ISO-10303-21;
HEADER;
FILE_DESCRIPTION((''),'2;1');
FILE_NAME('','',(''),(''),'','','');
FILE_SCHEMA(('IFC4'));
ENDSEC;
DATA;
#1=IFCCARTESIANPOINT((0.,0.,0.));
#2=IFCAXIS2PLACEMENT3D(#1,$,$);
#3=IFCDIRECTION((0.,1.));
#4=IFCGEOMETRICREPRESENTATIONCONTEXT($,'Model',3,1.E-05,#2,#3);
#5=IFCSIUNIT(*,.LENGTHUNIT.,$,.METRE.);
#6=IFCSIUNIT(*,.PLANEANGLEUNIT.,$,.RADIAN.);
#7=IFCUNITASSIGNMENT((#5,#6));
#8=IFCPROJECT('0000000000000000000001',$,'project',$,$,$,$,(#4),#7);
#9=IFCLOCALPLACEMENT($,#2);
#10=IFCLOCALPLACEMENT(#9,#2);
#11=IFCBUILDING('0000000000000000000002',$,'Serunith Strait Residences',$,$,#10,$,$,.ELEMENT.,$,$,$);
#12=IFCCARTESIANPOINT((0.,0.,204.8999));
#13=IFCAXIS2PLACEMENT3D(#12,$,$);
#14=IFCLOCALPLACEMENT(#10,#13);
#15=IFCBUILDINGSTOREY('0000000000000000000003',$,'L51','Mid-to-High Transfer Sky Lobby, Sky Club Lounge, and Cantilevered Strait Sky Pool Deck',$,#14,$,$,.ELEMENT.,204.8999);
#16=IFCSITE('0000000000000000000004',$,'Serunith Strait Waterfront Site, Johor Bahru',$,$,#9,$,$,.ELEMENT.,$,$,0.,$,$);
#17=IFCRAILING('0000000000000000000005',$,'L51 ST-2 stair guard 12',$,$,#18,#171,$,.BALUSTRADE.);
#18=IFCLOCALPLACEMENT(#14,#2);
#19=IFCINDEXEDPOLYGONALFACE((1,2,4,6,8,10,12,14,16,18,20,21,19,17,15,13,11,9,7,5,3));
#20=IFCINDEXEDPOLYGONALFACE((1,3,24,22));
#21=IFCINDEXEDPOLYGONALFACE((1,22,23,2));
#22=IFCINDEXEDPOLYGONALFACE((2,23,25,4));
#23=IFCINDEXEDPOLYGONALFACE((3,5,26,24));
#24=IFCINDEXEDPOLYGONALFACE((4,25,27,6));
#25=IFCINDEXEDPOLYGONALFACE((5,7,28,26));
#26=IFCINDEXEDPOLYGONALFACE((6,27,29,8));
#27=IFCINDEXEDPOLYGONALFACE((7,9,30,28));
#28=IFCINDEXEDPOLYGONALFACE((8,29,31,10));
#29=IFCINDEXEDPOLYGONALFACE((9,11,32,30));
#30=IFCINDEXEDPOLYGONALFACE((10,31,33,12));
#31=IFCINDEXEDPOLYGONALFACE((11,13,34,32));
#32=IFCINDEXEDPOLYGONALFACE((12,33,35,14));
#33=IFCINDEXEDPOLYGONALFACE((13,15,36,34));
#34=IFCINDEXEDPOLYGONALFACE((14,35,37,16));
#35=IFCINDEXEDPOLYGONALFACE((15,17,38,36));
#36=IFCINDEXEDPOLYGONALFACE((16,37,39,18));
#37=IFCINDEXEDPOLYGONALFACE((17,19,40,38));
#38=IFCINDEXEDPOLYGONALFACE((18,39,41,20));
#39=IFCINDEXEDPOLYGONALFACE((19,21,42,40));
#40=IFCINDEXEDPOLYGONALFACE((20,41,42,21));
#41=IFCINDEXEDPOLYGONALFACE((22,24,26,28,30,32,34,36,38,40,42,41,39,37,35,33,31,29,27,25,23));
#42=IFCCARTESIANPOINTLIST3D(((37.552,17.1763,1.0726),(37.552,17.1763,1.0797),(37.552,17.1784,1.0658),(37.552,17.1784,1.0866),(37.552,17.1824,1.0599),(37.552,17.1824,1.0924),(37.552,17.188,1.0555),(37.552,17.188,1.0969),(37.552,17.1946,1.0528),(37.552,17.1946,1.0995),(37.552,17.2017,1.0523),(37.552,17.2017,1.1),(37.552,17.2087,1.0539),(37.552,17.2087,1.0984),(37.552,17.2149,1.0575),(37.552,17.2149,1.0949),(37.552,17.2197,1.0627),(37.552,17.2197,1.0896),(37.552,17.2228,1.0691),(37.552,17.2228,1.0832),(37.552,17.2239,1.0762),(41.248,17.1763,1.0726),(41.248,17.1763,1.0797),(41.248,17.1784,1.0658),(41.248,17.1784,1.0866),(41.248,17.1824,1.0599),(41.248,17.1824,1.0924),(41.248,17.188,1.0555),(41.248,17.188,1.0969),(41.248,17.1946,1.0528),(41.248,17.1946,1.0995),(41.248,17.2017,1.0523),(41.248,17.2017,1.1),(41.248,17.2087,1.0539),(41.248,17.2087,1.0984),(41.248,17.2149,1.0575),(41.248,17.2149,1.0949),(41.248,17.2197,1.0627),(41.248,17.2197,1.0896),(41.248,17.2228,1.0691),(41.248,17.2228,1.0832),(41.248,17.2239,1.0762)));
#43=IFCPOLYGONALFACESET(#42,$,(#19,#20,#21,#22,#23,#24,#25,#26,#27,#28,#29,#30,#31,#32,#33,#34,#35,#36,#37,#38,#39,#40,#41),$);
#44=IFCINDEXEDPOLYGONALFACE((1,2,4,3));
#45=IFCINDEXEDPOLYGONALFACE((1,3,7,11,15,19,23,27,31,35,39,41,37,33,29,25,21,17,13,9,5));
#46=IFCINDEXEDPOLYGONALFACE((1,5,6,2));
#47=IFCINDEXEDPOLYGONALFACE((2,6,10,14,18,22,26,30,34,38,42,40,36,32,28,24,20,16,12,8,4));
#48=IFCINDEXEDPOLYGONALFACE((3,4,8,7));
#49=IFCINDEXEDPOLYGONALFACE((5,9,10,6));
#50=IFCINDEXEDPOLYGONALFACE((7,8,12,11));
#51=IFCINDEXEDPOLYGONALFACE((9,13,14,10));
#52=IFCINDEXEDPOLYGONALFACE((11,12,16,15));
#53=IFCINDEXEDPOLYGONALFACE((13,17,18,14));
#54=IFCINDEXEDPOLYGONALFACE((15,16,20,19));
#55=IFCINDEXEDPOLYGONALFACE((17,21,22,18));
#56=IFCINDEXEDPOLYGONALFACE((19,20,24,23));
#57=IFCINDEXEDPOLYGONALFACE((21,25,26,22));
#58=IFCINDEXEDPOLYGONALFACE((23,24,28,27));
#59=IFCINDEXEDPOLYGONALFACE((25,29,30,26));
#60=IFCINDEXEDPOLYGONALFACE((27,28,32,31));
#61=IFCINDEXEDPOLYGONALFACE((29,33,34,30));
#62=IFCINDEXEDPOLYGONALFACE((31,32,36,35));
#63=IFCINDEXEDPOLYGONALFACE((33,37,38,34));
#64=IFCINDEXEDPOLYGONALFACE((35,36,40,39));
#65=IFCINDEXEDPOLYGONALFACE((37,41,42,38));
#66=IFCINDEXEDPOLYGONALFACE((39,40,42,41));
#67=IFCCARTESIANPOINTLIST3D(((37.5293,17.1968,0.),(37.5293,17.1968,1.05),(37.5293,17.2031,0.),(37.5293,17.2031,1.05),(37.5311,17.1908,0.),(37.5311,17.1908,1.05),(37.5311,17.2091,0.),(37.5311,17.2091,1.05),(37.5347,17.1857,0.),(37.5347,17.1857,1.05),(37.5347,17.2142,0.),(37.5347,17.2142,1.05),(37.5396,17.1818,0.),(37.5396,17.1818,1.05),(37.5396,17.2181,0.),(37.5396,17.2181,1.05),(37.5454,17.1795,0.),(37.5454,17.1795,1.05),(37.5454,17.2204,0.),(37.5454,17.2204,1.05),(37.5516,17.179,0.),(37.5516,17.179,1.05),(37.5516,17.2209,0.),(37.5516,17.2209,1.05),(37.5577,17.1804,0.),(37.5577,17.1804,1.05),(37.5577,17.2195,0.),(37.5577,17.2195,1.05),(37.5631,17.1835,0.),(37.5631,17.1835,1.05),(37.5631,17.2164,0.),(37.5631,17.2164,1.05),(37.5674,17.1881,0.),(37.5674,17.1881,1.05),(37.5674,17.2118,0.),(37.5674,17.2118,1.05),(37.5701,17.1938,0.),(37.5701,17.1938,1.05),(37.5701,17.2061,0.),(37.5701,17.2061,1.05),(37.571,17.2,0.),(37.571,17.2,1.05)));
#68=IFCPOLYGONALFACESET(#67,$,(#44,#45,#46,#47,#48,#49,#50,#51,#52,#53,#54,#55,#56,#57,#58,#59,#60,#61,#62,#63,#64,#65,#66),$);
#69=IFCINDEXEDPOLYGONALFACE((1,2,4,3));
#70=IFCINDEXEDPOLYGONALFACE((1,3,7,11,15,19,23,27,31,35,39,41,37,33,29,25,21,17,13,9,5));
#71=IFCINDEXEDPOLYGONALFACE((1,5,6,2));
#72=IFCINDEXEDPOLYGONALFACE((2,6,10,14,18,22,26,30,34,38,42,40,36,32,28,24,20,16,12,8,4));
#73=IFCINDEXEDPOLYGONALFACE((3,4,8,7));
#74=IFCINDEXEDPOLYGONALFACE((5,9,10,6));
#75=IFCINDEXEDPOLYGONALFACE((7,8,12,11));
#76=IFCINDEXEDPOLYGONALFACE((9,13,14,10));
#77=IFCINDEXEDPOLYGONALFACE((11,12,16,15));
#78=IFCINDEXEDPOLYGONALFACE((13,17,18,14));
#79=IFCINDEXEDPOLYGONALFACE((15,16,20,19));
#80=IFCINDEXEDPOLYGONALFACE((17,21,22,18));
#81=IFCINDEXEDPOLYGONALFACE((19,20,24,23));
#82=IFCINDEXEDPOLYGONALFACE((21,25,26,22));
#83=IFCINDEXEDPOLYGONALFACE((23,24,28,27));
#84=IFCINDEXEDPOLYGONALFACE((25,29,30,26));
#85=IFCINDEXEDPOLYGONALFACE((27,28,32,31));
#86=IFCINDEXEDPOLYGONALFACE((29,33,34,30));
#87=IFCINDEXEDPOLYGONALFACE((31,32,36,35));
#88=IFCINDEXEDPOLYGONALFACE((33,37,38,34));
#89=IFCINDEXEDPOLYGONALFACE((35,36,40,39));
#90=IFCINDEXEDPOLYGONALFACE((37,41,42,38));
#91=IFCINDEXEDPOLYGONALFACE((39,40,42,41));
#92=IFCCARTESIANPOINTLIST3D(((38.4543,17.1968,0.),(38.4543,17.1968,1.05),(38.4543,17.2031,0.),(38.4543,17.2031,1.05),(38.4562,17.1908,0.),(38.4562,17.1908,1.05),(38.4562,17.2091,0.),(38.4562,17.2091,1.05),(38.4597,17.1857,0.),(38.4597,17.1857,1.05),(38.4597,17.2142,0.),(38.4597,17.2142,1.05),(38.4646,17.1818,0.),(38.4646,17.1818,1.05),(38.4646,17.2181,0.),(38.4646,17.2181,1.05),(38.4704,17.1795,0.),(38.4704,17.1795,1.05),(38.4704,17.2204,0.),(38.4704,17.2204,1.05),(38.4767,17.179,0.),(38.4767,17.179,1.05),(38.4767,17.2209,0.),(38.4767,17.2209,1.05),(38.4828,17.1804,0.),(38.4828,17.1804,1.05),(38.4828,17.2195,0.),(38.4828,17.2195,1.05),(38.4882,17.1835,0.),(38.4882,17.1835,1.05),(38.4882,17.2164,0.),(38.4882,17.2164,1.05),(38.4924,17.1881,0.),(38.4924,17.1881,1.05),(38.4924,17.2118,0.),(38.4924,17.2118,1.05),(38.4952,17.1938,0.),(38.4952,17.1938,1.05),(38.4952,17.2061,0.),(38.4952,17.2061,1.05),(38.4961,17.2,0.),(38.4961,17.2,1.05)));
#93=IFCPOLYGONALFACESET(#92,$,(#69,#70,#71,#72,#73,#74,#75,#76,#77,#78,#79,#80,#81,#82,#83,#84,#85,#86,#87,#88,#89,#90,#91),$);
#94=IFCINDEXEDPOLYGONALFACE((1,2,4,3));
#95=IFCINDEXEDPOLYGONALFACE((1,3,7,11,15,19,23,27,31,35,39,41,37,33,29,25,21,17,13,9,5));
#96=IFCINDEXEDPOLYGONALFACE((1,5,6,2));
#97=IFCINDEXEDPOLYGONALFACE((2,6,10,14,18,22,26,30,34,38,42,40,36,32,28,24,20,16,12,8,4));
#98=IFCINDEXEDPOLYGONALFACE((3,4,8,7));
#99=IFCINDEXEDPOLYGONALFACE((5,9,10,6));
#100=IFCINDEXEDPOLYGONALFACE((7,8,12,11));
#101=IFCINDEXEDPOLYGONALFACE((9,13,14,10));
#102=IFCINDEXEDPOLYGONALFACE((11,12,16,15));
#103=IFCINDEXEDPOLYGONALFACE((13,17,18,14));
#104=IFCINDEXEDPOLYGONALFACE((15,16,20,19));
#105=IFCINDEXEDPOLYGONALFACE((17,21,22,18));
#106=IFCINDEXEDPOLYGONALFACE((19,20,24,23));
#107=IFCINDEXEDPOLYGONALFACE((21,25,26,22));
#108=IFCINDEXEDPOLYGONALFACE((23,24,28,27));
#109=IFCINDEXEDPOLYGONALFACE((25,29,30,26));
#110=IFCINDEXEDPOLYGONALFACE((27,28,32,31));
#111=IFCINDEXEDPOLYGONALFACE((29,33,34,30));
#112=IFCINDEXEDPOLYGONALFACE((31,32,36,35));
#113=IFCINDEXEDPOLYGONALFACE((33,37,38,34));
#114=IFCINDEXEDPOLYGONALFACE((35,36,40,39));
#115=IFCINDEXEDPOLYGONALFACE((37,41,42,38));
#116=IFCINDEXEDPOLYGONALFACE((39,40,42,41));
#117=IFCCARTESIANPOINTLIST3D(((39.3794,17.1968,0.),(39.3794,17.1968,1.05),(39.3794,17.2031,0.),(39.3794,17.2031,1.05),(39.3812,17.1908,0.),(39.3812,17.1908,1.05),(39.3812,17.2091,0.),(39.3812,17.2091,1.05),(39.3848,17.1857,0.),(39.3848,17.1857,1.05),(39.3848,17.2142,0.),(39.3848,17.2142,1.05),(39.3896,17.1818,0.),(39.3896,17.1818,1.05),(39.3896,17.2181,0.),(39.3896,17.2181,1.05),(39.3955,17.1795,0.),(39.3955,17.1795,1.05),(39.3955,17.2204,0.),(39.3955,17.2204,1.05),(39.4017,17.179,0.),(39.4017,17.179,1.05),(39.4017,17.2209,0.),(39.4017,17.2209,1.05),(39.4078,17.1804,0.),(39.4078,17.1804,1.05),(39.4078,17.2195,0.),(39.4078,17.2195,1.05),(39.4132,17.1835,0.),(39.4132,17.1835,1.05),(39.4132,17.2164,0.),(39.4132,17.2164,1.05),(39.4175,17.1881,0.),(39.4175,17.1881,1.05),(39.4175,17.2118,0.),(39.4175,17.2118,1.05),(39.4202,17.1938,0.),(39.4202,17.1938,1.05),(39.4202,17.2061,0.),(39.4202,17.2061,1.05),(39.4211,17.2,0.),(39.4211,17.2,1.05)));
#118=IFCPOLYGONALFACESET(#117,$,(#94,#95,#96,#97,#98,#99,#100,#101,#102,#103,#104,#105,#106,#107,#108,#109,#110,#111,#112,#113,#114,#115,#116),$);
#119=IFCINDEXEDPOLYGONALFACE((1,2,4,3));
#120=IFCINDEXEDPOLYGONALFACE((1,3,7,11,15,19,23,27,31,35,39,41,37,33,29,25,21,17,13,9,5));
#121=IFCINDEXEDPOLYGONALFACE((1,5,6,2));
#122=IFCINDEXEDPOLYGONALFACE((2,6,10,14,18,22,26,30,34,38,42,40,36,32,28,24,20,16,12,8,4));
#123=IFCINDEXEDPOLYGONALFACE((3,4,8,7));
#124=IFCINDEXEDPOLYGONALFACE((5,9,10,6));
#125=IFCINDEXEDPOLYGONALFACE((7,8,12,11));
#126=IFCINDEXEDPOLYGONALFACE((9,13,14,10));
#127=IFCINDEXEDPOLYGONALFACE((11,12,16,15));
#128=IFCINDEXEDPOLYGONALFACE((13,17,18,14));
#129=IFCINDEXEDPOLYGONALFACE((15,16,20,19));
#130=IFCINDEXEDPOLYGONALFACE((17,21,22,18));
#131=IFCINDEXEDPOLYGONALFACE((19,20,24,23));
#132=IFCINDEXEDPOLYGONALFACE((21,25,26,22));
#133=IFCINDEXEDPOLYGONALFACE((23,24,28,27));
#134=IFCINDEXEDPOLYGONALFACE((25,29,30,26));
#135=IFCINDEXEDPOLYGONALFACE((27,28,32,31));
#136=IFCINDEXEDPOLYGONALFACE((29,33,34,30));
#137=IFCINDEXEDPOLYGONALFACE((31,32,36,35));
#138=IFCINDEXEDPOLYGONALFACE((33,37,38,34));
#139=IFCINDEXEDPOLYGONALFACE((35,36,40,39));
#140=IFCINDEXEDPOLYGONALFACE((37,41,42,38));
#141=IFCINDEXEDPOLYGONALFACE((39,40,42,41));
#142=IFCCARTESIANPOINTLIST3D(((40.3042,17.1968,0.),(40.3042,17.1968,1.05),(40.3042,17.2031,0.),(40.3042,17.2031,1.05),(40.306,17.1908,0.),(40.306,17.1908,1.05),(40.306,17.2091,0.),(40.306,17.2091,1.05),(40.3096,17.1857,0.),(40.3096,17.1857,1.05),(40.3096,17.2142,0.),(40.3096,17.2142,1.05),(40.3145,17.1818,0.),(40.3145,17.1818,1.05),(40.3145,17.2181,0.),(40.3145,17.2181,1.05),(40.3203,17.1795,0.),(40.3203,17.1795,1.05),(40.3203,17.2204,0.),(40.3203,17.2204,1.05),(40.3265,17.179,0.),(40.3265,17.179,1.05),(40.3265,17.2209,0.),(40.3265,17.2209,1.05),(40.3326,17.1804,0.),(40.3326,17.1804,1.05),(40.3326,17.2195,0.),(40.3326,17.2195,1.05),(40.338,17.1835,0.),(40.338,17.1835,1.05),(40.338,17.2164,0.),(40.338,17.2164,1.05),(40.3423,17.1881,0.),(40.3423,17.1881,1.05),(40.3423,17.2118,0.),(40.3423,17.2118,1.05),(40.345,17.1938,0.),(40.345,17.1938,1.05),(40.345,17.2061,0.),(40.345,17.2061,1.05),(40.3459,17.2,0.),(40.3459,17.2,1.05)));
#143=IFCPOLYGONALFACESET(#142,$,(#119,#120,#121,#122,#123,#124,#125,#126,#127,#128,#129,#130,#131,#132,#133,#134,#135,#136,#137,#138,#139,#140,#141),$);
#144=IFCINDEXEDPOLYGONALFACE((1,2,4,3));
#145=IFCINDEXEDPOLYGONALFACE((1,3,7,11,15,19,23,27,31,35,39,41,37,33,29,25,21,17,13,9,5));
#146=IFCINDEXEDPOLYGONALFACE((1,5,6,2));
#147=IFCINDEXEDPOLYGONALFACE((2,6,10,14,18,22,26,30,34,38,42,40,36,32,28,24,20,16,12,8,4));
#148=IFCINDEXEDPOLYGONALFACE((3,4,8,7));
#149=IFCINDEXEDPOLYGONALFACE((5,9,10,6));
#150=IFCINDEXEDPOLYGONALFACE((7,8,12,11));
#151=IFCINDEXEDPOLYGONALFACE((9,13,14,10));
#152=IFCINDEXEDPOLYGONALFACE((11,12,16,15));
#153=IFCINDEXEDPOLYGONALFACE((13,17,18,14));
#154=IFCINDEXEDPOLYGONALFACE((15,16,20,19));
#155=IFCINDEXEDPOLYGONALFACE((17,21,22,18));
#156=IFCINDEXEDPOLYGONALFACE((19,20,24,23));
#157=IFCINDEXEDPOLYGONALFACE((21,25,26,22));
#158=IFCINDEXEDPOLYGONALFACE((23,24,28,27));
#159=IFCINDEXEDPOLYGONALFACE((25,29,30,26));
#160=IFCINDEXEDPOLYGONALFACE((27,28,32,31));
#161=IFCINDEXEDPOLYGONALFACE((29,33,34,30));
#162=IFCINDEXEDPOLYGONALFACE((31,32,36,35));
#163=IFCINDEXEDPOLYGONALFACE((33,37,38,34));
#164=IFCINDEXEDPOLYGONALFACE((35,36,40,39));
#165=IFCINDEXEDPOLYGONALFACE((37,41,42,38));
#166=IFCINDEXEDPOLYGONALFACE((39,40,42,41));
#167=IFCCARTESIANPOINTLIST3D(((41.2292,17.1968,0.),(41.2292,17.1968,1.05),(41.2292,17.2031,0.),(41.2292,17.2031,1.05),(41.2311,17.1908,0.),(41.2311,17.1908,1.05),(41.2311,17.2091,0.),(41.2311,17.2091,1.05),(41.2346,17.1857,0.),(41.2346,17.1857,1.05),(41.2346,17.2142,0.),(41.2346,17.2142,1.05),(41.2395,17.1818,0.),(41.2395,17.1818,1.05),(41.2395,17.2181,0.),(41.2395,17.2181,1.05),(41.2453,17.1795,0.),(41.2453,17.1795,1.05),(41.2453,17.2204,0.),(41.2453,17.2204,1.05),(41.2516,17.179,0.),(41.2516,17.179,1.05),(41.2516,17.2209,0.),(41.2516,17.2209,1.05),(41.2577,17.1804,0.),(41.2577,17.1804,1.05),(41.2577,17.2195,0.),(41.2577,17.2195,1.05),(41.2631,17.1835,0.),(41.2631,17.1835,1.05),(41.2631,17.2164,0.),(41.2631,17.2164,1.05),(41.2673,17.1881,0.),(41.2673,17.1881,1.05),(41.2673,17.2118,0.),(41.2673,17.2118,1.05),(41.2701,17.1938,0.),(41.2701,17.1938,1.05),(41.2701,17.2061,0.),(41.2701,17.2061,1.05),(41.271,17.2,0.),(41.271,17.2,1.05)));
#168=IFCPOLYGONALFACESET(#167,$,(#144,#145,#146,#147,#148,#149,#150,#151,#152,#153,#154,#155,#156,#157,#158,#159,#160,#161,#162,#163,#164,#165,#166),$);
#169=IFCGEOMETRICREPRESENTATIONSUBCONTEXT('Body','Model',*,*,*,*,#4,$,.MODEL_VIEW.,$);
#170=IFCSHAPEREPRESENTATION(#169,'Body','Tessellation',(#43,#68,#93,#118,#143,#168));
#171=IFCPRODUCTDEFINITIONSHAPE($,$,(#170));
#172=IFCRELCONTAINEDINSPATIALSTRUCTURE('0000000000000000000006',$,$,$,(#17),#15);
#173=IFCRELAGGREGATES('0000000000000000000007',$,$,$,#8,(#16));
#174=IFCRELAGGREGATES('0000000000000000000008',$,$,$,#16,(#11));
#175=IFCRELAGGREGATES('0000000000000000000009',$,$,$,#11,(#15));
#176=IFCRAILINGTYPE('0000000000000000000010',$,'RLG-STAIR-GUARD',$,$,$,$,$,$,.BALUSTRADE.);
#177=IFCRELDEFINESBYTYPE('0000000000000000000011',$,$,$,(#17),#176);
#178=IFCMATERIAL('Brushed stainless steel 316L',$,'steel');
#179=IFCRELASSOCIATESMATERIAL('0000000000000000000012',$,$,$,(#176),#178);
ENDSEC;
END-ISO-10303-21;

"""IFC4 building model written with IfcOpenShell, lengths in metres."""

from ifc_helpers import new_model, si_unit, direction, frame, origin, origin_2d, place, context, subcontext, project, spatial, circle, extrude, material, type_object, element, save


model = new_model("IFC4")

# Units and contexts
model_context = context("Model", 3, precision=1e-05, world=origin(), true_north=direction((0.0, 1.0)))
body_context = subcontext(model_context, "Body", "Model", "MODEL_VIEW")
ifc_project = project(units=[si_unit("LENGTHUNIT", "METRE"), si_unit("PLANEANGLEUNIT", "RADIAN")], contexts=[model_context])

# Site, building, storey
site_placement = place(None, origin())
site = spatial("IfcSite", under=ifc_project, at=site_placement, Name="Serunith Strait Waterfront Site, Johor Bahru", CompositionType="ELEMENT", RefElevation=0.0)
building_placement = place(site_placement, origin())
building = spatial("IfcBuilding", under=site, at=building_placement, Name="Serunith Strait Residences", CompositionType="ELEMENT")
storey_placement = place(building_placement, frame((0.0, 0.0, 204.8999)))
storey = spatial("IfcBuildingStorey", under=building, at=storey_placement, Name="L51", Description="Mid-to-High Transfer Sky Lobby, Sky Club Lounge, and Cantilevered Strait Sky Pool Deck", CompositionType="ELEMENT", Elevation=204.8999)

# Railing
ifc_material_1 = material(Name="Brushed stainless steel 316L", Category="steel")
railing_type_1 = type_object("IfcRailingType", Name="RLG-STAIR-GUARD", PredefinedType="BALUSTRADE", material=ifc_material_1)
railing_1_placement = place(storey_placement, frame((37.55, 17.2, 0.0)))
element("IfcRailing", 1, at=railing_1_placement, inside=storey, type_object=railing_type_1, Name="L51 ST-2 stair guard 12", PredefinedType="BALUSTRADE", context=body_context, shape_type="SweptSolid", body=[
    extrude(circle(Radius=0.0239, at=origin_2d()), frame((0.002, 0.0, 1.0762), z_axis=(1.0, 0.0, 0.0), x_axis=(0.0, 1.0, 0.0)), (0.0, 0.0, 1.0), 3.696),
    extrude(circle(Radius=0.021, at=origin_2d()), origin(), (0.0, 0.0, 1.0), 1.05),
    extrude(circle(Radius=0.021, at=origin_2d()), frame((0.925, 0.0, 0.0)), (0.0, 0.0, 1.0), 1.05),
    extrude(circle(Radius=0.021, at=origin_2d()), frame((1.8501, 0.0, 0.0)), (0.0, 0.0, 1.0), 1.05),
    extrude(circle(Radius=0.021, at=origin_2d()), frame((2.7749, 0.0, 0.0)), (0.0, 0.0, 1.0), 1.05),
    extrude(circle(Radius=0.021, at=origin_2d()), frame((3.7, 0.0, 0.0)), (0.0, 0.0, 1.0), 1.05),
])

save(model, "model.ifc")
